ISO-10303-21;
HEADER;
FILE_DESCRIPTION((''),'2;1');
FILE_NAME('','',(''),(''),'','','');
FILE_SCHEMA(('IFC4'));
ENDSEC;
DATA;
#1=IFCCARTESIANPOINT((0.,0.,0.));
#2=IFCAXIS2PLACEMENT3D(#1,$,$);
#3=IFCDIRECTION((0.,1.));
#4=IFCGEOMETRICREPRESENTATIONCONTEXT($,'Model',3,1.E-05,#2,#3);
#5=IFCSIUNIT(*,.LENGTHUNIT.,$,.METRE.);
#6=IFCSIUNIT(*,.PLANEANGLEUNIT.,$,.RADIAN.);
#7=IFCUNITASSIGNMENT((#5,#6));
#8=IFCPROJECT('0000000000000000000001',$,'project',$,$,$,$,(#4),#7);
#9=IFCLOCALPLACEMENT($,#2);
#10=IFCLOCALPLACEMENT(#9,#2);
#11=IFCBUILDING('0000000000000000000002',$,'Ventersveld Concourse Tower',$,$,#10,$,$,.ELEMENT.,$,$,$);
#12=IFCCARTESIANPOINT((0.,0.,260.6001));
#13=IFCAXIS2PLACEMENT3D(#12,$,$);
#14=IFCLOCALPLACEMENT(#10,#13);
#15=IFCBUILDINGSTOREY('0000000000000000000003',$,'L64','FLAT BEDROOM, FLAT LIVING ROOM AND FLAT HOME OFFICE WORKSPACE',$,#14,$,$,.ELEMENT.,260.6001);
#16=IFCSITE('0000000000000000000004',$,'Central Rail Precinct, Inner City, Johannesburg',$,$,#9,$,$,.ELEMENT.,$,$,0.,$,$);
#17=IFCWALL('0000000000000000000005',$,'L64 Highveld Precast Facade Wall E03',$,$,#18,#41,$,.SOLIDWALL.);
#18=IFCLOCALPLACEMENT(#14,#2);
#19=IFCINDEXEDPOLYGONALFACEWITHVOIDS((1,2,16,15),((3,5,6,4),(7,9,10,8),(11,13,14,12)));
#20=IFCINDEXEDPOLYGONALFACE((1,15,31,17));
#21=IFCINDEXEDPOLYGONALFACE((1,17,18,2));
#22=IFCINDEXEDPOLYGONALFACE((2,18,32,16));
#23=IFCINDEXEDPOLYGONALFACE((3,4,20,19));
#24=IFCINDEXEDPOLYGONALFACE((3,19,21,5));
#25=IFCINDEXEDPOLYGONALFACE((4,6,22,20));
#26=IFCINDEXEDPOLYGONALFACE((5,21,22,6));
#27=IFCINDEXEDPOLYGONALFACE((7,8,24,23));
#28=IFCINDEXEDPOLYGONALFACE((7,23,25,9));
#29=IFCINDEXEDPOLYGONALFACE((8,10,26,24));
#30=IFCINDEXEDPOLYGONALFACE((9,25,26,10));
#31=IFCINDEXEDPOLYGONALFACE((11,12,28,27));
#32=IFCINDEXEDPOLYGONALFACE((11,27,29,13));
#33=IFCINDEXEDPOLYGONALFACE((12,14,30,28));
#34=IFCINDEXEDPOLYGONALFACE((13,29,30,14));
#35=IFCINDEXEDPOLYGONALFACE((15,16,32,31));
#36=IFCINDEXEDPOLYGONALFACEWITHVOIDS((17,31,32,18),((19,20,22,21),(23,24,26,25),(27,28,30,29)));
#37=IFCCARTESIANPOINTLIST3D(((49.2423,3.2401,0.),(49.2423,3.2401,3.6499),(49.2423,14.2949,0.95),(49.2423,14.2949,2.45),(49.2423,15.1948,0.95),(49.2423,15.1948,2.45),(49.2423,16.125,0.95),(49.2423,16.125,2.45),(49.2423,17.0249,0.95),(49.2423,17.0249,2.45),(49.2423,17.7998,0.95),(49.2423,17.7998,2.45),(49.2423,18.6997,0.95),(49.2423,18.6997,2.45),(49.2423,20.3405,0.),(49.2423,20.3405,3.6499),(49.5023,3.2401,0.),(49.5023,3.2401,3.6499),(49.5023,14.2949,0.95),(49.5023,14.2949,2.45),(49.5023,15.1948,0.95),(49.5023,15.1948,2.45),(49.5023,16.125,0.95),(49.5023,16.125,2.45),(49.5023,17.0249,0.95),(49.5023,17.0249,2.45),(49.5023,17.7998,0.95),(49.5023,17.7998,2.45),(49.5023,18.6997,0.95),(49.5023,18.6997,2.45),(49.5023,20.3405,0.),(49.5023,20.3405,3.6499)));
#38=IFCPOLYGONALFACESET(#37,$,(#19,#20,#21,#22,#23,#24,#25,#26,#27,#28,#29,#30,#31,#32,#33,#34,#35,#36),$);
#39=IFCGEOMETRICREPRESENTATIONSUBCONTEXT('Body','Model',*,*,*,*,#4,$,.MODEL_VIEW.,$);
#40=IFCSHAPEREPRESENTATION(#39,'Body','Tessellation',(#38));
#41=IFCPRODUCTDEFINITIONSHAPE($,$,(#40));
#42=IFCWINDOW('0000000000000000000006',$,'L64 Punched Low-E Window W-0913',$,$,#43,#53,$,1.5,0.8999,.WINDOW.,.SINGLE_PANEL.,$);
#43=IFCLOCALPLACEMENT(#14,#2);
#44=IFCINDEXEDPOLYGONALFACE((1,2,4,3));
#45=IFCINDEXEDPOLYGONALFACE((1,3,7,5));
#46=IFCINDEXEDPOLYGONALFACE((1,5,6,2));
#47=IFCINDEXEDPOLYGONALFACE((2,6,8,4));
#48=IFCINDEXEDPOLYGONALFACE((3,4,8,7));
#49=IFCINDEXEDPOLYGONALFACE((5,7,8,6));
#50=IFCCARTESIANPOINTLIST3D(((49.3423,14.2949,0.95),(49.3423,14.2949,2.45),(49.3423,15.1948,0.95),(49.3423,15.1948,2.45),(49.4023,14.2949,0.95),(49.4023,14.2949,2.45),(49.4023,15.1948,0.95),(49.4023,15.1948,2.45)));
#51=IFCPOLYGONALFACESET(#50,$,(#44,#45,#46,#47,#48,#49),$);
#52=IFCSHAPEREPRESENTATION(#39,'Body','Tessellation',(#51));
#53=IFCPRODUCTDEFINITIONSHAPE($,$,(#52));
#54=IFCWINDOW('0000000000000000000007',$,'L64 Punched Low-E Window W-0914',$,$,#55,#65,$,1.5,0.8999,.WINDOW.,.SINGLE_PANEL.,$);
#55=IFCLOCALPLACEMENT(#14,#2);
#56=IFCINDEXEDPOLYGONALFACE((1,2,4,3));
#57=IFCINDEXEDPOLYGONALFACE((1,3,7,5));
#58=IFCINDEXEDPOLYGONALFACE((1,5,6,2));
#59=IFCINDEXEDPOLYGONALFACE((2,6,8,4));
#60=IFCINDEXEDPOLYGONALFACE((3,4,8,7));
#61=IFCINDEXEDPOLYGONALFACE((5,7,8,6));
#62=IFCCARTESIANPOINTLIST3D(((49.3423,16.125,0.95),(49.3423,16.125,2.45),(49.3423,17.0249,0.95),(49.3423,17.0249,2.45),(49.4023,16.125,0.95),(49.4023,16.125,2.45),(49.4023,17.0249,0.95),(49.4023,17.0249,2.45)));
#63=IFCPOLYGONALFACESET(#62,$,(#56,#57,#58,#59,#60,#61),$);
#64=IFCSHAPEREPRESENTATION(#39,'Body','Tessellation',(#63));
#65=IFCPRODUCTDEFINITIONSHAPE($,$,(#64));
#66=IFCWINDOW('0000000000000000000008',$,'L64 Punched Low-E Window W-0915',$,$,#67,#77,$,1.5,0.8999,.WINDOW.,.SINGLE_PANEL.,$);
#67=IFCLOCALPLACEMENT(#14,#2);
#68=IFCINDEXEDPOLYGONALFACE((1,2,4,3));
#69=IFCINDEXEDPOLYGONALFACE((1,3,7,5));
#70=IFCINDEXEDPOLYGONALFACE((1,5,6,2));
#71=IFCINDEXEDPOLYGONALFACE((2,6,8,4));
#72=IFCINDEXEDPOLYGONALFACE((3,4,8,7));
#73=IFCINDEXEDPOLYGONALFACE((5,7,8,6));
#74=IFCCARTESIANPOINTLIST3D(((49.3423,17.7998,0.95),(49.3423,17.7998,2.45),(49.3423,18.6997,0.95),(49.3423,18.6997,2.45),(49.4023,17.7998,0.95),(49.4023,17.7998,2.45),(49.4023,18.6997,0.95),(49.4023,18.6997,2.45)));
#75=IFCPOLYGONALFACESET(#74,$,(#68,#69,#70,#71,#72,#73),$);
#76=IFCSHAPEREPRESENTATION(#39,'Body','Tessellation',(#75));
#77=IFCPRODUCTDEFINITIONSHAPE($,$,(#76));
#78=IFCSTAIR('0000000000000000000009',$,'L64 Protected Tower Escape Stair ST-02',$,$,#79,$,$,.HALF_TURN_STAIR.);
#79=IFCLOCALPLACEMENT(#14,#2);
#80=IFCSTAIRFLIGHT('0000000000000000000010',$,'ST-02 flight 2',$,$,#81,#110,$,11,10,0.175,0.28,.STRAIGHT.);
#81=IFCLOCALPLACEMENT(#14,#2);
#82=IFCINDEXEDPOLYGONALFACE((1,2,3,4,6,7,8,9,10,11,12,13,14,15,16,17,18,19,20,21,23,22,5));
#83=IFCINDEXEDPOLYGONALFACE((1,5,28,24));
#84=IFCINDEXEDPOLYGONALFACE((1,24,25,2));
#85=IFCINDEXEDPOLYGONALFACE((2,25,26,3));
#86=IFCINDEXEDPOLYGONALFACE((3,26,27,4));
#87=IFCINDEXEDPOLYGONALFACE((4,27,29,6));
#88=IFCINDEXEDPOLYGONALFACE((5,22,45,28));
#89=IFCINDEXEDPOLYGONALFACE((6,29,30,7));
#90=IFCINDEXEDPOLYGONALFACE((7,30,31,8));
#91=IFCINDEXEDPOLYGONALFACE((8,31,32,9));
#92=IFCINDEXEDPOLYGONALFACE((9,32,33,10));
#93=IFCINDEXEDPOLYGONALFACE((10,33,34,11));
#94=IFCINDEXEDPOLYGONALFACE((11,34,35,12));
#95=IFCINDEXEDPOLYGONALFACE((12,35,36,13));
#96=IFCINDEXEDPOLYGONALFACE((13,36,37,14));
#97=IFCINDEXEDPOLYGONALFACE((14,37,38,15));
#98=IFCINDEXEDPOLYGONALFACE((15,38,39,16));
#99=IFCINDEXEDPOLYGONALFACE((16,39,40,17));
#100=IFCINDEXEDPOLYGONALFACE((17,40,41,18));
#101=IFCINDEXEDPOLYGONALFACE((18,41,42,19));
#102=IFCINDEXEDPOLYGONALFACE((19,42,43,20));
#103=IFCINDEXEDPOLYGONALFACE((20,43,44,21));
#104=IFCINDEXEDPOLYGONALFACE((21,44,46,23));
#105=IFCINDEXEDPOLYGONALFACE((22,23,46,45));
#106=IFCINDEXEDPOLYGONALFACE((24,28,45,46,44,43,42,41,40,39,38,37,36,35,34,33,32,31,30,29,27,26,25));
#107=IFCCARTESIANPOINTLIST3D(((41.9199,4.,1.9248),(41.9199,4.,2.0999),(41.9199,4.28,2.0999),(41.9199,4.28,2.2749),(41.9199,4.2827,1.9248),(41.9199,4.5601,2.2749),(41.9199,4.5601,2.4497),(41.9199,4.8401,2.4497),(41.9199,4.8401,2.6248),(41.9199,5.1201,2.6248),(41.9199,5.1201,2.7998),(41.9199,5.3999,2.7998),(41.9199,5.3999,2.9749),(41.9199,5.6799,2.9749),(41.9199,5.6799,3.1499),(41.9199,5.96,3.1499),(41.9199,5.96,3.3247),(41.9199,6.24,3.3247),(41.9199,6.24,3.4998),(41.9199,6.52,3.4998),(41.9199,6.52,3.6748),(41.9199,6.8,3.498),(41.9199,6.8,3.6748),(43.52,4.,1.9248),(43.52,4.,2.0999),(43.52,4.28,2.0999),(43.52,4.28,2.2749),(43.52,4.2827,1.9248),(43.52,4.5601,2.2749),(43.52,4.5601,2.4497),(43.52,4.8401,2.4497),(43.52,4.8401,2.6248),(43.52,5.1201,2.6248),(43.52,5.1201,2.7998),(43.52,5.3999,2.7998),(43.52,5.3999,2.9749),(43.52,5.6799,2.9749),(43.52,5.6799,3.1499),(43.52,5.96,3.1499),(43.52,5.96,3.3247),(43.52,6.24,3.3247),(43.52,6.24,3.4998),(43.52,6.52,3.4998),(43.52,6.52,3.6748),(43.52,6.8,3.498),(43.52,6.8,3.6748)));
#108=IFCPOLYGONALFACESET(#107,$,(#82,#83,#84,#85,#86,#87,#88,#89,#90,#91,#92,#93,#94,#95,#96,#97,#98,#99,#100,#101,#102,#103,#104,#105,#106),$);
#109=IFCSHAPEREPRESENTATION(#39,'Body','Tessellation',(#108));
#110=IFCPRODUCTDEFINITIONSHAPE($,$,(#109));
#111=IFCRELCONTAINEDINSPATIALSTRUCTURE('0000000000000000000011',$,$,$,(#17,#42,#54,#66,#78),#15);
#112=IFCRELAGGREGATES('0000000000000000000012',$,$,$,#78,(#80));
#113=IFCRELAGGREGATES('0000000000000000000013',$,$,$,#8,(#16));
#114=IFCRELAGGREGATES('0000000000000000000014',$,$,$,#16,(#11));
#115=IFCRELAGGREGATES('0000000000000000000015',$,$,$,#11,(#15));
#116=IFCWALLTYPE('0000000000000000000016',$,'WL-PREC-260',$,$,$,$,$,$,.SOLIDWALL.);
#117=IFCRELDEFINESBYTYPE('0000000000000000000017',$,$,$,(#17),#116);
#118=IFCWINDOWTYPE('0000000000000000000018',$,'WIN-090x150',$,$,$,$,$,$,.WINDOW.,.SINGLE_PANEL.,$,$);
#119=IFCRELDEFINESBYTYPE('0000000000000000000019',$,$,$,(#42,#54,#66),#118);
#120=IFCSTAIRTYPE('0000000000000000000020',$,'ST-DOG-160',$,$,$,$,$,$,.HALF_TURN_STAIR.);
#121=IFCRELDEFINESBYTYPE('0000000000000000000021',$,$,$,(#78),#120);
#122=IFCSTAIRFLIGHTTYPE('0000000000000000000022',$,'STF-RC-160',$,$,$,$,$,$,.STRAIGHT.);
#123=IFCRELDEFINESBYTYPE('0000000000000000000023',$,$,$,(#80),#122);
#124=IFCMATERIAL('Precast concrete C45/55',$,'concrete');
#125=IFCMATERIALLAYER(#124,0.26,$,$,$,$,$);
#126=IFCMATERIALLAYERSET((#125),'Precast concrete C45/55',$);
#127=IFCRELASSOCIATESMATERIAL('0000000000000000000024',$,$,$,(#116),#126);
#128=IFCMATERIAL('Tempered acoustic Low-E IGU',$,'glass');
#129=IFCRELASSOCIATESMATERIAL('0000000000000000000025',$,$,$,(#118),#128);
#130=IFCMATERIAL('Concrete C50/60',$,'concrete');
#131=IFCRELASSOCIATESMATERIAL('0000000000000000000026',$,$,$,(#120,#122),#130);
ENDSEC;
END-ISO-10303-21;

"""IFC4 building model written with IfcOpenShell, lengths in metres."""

from ifc_helpers import new_model, si_unit, direction, frame, frame_2d, origin, place, context, subcontext, project, spatial, polyline, rectangle, outline, extrude, material, layer, layer_set, type_object, element, fill, aggregate, save


model = new_model("IFC4")

# Units and contexts
model_context = context("Model", 3, precision=1e-05, world=origin(), true_north=direction((0.0, 1.0)))
body_context = subcontext(model_context, "Body", "Model", "MODEL_VIEW")
ifc_project = project(units=[si_unit("LENGTHUNIT", "METRE"), si_unit("PLANEANGLEUNIT", "RADIAN")], contexts=[model_context])

# Site, building, storey
site_placement = place(None, origin())
site = spatial("IfcSite", under=ifc_project, at=site_placement, Name="Central Rail Precinct, Inner City, Johannesburg", CompositionType="ELEMENT", RefElevation=0.0)
building_placement = place(site_placement, origin())
building = spatial("IfcBuilding", under=site, at=building_placement, Name="Ventersveld Concourse Tower", CompositionType="ELEMENT")
storey_placement = place(building_placement, frame((0.0, 0.0, 260.6001)))
storey = spatial("IfcBuildingStorey", under=building, at=storey_placement, Name="L64", Description="FLAT BEDROOM, FLAT LIVING ROOM AND FLAT HOME OFFICE WORKSPACE", CompositionType="ELEMENT", Elevation=260.6001)

# Shared definitions
ifc_material_1 = material(Name="Concrete C50/60", Category="concrete")

# Shared definitions
ifc_material_2 = material(Name="Precast concrete C45/55", Category="concrete")
ifc_layer_1 = layer(ifc_material_2, 0.26)
ifc_layer_set_1 = layer_set([ifc_layer_1], Name="Precast concrete C45/55")
wall_type_1 = type_object("IfcWallType", Name="WL-PREC-260", PredefinedType="SOLIDWALL", material=ifc_layer_set_1)

# Shared definitions
ifc_material_3 = material(Name="Tempered acoustic Low-E IGU", Category="glass")

# Wall, openings, windows
wall_1_placement = place(storey_placement, frame((49.3723, 3.24, 0.0), z_axis=(0.0, 0.0, 1.0), x_axis=(0.0, 1.0, 0.0)))
wall_1 = element("IfcWall", 1, at=wall_1_placement, inside=storey, type_object=wall_type_1, Name="L64 Highveld Precast Facade Wall E03", PredefinedType="SOLIDWALL", context=body_context, shape_type="SweptSolid", body=[
    extrude(rectangle(XDim=17.1003, YDim=0.26, at=frame_2d((8.5503, 0.0))), origin(), (0.0, 0.0, 1.0), 3.6499),
])
opening_1_placement = place(wall_1_placement, frame((11.0549, 0.0, 0.95)))
opening_1 = element("IfcOpeningElement", 2, at=opening_1_placement, cuts=wall_1, PredefinedType="OPENING", context=body_context, shape_type="SweptSolid", body=[
    extrude(rectangle(XDim=0.8999, YDim=1.5, at=frame_2d((0.45, 0.75))), frame((0.0, 0.1401, 0.0), z_axis=(0.0, -1.0, 0.0), x_axis=(1.0, 0.0, 0.0)), (0.0, 0.0, 1.0), 0.28),
])
opening_2_placement = place(wall_1_placement, frame((12.885, 0.0, 0.95)))
opening_2 = element("IfcOpeningElement", 3, at=opening_2_placement, cuts=wall_1, PredefinedType="OPENING", context=body_context, shape_type="SweptSolid", body=[
    extrude(rectangle(XDim=0.8999, YDim=1.5, at=frame_2d((0.45, 0.75))), frame((0.0, 0.1401, 0.0), z_axis=(0.0, -1.0, 0.0), x_axis=(1.0, 0.0, 0.0)), (0.0, 0.0, 1.0), 0.28),
])
opening_3_placement = place(wall_1_placement, frame((14.5598, 0.0, 0.95)))
opening_3 = element("IfcOpeningElement", 4, at=opening_3_placement, cuts=wall_1, PredefinedType="OPENING", context=body_context, shape_type="SweptSolid", body=[
    extrude(rectangle(XDim=0.8999, YDim=1.5, at=frame_2d((0.45, 0.75))), frame((0.0, 0.1401, 0.0), z_axis=(0.0, -1.0, 0.0), x_axis=(1.0, 0.0, 0.0)), (0.0, 0.0, 1.0), 0.28),
])
window_type_1 = type_object("IfcWindowType", Name="WIN-090x150", PartitioningType="SINGLE_PANEL", PredefinedType="WINDOW", material=ifc_material_3)
window_1_placement = place(opening_1_placement, origin())
window_1 = element("IfcWindow", 5, at=window_1_placement, inside=storey, type_object=window_type_1, Name="L64 Punched Low-E Window W-0913", OverallHeight=1.5, OverallWidth=0.8999, PartitioningType="SINGLE_PANEL", PredefinedType="WINDOW", context=body_context, shape_type="SweptSolid", body=[
    extrude(rectangle(XDim=0.8999, YDim=1.5, at=frame_2d((0.45, 0.75))), frame((0.0, 0.03, 0.0), z_axis=(0.0, -1.0, 0.0), x_axis=(1.0, 0.0, 0.0)), (0.0, 0.0, 1.0), 0.0601),
])
fill(opening_1, window_1)
window_2_placement = place(opening_2_placement, origin())
window_2 = element("IfcWindow", 6, at=window_2_placement, inside=storey, type_object=window_type_1, Name="L64 Punched Low-E Window W-0914", OverallHeight=1.5, OverallWidth=0.8999, PartitioningType="SINGLE_PANEL", PredefinedType="WINDOW", context=body_context, shape_type="SweptSolid", body=[
    extrude(rectangle(XDim=0.8999, YDim=1.5, at=frame_2d((0.45, 0.75))), frame((0.0, 0.03, 0.0), z_axis=(0.0, -1.0, 0.0), x_axis=(1.0, 0.0, 0.0)), (0.0, 0.0, 1.0), 0.0601),
])
fill(opening_2, window_2)
window_3_placement = place(opening_3_placement, origin())
window_3 = element("IfcWindow", 7, at=window_3_placement, inside=storey, type_object=window_type_1, Name="L64 Punched Low-E Window W-0915", OverallHeight=1.5, OverallWidth=0.8999, PartitioningType="SINGLE_PANEL", PredefinedType="WINDOW", context=body_context, shape_type="SweptSolid", body=[
    extrude(rectangle(XDim=0.8999, YDim=1.5, at=frame_2d((0.45, 0.75))), frame((0.0, 0.03, 0.0), z_axis=(0.0, -1.0, 0.0), x_axis=(1.0, 0.0, 0.0)), (0.0, 0.0, 1.0), 0.0601),
])
fill(opening_3, window_3)

# Stair, stair flight
stair_type = type_object("IfcStairType", Name="ST-DOG-160", PredefinedType="HALF_TURN_STAIR", material=ifc_material_1)
stair_placement = place(storey_placement, origin())
stair = element("IfcStair", 8, at=stair_placement, inside=storey, type_object=stair_type, Name="L64 Protected Tower Escape Stair ST-02", PredefinedType="HALF_TURN_STAIR")
stair_flight_type = type_object("IfcStairFlightType", Name="STF-RC-160", PredefinedType="STRAIGHT", material=ifc_material_1)
stair_flight_placement = place(storey_placement, frame((42.72, 4.0, 1.9248), z_axis=(0.0, 0.0, 1.0), x_axis=(0.0, 1.0, 0.0)))
stair_flight = element("IfcStairFlight", 9, at=stair_flight_placement, type_object=stair_flight_type, Name="ST-02 flight 2", NumberOfRisers=11, NumberOfTreads=10, PredefinedType="STRAIGHT", RiserHeight=0.175, TreadLength=0.28, context=body_context, shape_type="SweptSolid", body=[
    extrude(outline(polyline([(0.0, 0.0), (0.0, 0.175), (0.28, 0.175), (0.28, 0.3501), (0.5601, 0.3501), (0.5601, 0.5249), (0.8401, 0.5249), (0.8401, 0.7), (1.1201, 0.7), (1.1201, 0.875), (1.3999, 0.875), (1.3999, 1.05), (1.6799, 1.05), (1.6799, 1.2251), (1.96, 1.2251), (1.96, 1.3999), (2.24, 1.3999), (2.24, 1.575), (2.52, 1.575), (2.52, 1.75), (2.8, 1.75), (2.8, 1.925), (2.8, 1.5732), (0.2827, 0.0), (0.0, 0.0)])), frame((0.0, 0.8, 0.0), z_axis=(0.0, -1.0, 0.0), x_axis=(1.0, 0.0, 0.0)), (0.0, 0.0, 1.0), 1.6001),
])
aggregate(stair, [stair_flight])

save(model, "model.ifc")
